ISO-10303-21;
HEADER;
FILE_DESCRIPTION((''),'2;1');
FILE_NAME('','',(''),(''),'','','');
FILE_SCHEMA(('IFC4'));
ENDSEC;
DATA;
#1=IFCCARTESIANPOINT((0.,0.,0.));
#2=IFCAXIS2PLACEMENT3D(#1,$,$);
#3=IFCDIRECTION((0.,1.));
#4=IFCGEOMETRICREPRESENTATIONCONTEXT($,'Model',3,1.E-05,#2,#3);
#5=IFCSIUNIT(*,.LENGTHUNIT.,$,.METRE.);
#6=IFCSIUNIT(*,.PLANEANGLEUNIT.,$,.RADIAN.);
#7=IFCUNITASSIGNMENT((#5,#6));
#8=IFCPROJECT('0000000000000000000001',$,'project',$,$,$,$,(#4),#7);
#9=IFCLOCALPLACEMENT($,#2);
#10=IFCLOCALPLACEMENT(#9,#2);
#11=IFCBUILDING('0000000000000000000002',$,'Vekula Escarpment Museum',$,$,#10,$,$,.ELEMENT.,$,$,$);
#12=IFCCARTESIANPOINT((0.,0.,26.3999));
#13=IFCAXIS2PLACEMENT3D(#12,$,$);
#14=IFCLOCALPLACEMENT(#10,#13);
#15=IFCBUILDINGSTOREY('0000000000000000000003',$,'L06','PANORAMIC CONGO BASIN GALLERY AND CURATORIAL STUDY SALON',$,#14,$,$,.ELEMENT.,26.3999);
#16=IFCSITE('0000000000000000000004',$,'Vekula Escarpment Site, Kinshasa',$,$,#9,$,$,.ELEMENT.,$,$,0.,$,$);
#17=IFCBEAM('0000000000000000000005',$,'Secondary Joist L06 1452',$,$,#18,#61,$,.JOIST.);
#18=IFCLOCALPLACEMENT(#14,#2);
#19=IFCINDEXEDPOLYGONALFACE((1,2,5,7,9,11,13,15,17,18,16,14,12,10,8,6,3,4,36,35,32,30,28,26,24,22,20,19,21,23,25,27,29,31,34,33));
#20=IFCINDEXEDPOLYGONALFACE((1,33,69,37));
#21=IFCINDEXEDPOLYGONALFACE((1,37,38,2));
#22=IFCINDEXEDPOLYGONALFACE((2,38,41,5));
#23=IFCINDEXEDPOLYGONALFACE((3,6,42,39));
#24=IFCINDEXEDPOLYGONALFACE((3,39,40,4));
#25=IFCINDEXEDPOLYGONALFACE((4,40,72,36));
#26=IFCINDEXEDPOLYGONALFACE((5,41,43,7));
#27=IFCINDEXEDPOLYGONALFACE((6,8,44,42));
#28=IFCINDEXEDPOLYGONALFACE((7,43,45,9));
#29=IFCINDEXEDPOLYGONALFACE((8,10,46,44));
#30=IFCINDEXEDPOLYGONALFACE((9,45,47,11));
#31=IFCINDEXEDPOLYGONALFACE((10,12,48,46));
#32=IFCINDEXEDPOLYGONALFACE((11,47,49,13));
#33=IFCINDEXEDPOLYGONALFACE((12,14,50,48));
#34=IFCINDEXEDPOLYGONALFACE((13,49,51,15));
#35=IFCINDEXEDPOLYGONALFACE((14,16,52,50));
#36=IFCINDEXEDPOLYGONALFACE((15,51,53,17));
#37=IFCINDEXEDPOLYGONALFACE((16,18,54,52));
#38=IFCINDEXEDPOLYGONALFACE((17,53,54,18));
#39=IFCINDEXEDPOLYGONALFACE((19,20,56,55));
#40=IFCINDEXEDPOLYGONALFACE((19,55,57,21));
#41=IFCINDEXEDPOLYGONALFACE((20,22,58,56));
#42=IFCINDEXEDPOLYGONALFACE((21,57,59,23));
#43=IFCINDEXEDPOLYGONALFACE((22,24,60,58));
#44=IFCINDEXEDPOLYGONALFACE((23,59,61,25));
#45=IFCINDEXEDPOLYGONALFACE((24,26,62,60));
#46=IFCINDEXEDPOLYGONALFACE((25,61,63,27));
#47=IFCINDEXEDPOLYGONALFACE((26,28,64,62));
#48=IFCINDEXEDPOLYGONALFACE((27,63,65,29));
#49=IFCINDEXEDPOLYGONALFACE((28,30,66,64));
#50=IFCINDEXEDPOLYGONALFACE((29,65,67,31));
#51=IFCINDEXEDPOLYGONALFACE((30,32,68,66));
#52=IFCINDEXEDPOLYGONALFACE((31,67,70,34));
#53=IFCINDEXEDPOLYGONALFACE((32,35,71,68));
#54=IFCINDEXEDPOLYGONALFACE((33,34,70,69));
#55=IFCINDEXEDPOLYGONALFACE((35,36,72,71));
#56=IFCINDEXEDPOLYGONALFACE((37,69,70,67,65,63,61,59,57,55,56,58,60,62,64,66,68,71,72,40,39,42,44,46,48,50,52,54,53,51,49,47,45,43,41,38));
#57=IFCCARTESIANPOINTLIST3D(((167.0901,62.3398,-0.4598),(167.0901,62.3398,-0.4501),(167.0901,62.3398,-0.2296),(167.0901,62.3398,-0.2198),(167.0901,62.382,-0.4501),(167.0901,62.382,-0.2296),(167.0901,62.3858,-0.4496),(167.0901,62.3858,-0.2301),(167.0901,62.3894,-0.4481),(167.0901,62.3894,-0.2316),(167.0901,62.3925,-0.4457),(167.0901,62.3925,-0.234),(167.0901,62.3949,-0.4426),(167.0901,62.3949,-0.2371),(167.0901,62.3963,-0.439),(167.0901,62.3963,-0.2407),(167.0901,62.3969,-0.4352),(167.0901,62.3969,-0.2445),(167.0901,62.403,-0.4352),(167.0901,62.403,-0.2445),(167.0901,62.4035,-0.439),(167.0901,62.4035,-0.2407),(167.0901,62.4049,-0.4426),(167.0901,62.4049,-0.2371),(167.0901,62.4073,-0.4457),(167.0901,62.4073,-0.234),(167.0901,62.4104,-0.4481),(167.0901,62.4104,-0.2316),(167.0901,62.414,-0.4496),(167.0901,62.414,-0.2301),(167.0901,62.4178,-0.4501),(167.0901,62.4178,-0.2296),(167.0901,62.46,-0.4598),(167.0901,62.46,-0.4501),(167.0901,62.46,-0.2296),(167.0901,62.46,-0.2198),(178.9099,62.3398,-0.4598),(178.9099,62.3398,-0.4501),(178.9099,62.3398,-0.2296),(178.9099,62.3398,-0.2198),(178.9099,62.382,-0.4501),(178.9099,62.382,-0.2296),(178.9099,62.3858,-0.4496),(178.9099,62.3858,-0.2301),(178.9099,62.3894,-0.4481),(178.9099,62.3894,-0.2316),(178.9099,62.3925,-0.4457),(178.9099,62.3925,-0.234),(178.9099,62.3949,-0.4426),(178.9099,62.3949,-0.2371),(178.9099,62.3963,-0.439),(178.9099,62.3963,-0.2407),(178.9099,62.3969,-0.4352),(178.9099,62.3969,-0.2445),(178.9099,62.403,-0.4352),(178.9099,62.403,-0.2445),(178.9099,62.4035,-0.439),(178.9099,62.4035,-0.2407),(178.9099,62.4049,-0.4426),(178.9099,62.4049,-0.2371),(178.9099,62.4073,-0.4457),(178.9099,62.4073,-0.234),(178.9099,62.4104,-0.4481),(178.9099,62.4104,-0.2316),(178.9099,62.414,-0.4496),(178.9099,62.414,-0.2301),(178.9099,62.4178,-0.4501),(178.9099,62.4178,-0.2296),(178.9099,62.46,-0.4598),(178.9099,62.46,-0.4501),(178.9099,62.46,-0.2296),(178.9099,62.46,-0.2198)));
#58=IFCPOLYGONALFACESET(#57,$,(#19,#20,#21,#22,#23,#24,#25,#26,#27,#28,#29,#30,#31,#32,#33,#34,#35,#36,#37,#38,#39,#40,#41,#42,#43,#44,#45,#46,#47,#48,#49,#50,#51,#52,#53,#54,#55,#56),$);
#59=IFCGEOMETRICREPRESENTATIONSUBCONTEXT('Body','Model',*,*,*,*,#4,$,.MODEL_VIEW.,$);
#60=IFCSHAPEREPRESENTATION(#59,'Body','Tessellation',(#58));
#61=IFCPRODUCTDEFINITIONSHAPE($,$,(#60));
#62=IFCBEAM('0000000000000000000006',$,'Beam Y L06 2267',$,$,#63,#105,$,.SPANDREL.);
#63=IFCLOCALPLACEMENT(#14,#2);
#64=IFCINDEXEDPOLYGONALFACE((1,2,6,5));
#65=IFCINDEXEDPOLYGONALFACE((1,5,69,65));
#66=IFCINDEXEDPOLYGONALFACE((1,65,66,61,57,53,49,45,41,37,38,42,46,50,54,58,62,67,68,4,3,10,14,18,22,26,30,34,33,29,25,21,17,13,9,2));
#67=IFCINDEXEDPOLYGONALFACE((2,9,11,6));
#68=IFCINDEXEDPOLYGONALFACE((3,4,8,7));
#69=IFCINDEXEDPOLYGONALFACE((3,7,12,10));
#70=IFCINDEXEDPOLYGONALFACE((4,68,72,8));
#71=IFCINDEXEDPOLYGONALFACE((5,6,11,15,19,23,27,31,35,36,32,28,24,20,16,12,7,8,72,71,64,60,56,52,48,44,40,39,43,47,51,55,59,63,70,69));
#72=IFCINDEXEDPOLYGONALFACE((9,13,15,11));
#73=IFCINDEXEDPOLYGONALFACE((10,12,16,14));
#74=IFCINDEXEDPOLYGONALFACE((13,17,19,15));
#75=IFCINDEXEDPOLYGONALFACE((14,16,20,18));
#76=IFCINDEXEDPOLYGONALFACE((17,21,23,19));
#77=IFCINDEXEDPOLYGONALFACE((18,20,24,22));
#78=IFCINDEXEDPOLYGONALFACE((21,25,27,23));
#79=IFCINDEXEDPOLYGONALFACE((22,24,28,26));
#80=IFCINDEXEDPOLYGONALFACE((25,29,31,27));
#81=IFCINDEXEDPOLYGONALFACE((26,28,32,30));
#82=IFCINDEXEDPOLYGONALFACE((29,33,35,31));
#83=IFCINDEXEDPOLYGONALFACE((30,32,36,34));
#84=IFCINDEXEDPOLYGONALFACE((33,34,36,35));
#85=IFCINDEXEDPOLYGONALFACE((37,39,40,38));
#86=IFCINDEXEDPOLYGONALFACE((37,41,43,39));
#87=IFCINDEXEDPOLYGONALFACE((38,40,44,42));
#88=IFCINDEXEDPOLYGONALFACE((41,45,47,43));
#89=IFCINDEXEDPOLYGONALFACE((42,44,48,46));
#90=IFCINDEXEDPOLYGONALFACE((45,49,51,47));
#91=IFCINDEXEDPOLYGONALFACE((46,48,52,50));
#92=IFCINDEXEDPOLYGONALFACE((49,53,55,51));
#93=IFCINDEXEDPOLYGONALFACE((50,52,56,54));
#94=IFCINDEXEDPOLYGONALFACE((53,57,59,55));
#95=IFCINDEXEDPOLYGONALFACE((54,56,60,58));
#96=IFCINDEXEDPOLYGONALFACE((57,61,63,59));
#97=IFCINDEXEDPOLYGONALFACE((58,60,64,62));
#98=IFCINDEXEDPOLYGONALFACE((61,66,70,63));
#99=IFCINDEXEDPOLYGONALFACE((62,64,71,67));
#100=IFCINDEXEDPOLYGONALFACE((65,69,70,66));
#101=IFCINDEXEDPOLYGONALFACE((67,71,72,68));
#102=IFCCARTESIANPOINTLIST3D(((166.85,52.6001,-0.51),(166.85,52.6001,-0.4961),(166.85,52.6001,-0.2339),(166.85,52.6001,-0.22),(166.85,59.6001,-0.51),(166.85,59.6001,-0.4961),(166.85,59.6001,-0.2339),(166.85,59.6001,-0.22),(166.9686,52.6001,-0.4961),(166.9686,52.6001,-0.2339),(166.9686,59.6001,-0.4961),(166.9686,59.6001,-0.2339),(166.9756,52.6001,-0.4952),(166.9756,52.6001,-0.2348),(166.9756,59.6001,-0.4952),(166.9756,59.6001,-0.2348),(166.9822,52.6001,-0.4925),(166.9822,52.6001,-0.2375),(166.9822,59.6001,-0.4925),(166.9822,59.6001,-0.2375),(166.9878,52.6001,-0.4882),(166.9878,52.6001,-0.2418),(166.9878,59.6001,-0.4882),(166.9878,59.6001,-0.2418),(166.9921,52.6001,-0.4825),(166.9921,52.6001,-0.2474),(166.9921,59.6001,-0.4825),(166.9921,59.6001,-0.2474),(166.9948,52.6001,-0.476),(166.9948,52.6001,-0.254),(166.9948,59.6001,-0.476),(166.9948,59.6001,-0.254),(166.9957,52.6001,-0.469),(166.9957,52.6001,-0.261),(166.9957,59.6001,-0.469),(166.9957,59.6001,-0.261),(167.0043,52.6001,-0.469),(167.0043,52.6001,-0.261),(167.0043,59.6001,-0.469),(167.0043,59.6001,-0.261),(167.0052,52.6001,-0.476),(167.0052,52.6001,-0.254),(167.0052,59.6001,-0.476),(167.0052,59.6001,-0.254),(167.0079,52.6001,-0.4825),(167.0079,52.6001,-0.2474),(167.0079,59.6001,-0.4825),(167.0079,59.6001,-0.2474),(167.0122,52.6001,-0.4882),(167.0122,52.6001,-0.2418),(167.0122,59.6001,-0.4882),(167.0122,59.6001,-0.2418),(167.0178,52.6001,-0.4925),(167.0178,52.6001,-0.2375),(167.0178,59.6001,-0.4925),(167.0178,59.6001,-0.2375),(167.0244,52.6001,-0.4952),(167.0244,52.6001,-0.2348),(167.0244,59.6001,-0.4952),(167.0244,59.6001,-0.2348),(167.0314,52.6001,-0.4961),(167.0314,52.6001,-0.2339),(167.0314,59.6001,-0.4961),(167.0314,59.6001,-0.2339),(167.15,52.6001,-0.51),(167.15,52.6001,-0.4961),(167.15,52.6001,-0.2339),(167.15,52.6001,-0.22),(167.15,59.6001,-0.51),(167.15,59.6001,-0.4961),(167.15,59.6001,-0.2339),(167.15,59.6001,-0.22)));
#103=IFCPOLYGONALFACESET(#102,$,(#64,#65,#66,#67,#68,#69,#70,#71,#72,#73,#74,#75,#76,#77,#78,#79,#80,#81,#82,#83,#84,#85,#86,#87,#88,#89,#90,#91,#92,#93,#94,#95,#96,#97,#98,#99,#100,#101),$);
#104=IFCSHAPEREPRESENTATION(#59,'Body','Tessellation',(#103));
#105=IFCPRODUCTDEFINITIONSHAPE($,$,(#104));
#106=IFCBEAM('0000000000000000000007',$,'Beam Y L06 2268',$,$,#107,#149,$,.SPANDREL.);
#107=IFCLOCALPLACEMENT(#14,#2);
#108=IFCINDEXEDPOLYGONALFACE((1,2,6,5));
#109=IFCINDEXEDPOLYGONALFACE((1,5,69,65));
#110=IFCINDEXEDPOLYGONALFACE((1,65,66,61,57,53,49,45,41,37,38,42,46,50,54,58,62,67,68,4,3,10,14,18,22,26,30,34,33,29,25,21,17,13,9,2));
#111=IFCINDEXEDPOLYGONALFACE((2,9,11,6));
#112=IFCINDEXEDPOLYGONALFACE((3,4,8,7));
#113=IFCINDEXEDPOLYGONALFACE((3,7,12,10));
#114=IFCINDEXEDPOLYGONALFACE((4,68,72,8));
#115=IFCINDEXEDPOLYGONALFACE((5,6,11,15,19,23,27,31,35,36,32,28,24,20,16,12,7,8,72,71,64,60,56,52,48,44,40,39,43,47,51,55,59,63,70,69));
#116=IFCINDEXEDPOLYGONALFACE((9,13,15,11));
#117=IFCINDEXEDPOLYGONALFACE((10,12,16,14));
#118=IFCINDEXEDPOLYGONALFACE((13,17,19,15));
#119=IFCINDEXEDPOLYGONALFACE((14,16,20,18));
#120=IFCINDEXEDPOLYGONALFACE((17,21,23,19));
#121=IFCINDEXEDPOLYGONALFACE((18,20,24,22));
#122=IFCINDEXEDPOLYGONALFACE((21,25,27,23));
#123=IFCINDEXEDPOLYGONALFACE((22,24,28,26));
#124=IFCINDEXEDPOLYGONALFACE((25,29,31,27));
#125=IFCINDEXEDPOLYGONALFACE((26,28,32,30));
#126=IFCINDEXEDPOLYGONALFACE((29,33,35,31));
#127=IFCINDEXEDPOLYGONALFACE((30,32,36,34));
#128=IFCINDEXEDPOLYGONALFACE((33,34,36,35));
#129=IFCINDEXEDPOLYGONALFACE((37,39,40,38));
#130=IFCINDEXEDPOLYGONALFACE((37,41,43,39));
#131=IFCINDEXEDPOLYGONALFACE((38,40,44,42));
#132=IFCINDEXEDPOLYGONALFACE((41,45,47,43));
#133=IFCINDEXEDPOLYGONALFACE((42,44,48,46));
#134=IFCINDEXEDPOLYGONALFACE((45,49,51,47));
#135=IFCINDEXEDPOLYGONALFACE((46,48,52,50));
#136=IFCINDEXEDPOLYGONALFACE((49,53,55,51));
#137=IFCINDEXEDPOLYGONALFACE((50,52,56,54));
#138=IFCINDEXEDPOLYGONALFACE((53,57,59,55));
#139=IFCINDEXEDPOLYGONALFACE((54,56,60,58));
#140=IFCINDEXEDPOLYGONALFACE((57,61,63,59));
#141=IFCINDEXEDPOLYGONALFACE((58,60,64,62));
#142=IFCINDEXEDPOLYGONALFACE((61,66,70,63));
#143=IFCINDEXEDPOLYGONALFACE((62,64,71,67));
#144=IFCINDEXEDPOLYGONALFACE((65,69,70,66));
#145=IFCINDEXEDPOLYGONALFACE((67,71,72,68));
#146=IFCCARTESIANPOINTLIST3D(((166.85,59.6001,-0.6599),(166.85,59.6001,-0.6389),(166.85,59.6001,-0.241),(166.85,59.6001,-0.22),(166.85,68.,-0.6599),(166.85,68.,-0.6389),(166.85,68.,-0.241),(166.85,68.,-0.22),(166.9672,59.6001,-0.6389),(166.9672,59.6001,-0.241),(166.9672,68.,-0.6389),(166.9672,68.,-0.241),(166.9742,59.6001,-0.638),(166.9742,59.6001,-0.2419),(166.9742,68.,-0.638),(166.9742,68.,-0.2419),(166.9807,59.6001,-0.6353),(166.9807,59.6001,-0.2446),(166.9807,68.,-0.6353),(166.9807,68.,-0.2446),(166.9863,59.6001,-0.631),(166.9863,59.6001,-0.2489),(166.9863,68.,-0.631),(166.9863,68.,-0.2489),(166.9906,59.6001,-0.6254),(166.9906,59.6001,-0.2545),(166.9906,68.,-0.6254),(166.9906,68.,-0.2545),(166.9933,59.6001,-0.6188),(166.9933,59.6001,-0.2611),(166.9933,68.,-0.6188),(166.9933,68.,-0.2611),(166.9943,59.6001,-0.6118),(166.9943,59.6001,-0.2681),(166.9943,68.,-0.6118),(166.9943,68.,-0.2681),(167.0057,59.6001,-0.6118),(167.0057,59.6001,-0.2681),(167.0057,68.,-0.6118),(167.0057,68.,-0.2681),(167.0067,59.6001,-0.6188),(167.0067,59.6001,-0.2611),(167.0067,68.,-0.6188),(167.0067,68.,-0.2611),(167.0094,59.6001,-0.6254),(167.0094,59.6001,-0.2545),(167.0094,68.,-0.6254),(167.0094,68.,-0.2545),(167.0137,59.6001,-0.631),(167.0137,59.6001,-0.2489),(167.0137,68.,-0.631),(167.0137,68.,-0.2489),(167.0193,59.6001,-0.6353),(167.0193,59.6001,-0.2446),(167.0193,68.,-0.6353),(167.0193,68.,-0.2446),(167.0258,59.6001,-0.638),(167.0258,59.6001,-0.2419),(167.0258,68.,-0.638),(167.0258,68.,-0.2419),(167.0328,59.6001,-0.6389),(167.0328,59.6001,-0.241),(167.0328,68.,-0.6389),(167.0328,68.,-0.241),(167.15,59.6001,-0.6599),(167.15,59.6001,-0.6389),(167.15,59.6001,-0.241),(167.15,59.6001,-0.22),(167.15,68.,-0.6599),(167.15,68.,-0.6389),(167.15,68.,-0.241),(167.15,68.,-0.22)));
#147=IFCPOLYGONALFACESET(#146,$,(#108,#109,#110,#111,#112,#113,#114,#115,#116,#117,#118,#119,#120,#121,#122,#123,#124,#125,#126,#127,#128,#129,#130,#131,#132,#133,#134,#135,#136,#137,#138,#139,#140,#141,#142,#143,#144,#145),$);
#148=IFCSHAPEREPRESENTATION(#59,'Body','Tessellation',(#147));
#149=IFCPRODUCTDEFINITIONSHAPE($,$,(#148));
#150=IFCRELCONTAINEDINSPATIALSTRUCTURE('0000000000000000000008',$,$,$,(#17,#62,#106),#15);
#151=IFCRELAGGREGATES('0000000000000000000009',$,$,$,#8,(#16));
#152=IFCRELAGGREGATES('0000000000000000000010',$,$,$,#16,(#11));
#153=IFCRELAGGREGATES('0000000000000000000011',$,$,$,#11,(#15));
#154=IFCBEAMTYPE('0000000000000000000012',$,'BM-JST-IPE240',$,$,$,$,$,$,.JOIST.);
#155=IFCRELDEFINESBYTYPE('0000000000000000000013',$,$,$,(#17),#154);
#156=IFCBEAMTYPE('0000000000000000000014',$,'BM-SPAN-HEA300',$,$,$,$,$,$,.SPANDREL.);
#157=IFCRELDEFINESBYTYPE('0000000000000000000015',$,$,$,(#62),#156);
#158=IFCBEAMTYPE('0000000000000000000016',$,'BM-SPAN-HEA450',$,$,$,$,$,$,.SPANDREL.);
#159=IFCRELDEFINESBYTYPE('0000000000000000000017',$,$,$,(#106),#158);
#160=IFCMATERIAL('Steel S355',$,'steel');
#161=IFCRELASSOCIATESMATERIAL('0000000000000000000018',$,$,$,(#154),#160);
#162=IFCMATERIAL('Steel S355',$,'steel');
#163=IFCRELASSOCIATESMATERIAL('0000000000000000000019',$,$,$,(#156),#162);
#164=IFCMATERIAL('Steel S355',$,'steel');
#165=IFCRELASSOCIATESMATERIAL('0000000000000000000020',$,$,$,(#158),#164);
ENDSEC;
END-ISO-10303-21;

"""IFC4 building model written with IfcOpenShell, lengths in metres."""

from ifc_helpers import new_model, si_unit, direction, frame, origin, origin_2d, place, context, subcontext, project, spatial, i_section, extrude, material, material_profile, profile_set, type_object, element, save


model = new_model("IFC4")

# Units and contexts
model_context = context("Model", 3, precision=1e-05, world=origin(), true_north=direction((0.0, 1.0)))
body_context = subcontext(model_context, "Body", "Model", "MODEL_VIEW")
ifc_project = project(units=[si_unit("LENGTHUNIT", "METRE"), si_unit("PLANEANGLEUNIT", "RADIAN")], contexts=[model_context])

# Site, building, storey
site_placement = place(None, origin())
site = spatial("IfcSite", under=ifc_project, at=site_placement, Name="Vekula Escarpment Site, Kinshasa", CompositionType="ELEMENT", RefElevation=0.0)
building_placement = place(site_placement, origin())
building = spatial("IfcBuilding", under=site, at=building_placement, Name="Vekula Escarpment Museum", CompositionType="ELEMENT")
storey_placement = place(building_placement, frame((0.0, 0.0, 26.3999)))
storey = spatial("IfcBuildingStorey", under=building, at=storey_placement, Name="L06", Description="PANORAMIC CONGO BASIN GALLERY AND CURATORIAL STUDY SALON", CompositionType="ELEMENT", Elevation=26.3999)

# Beams
ifc_material_1 = material(Name="Steel S355", Category="steel")
ifc_material_profile_1 = material_profile(ifc_material_1, i_section(OverallWidth=0.1201, OverallDepth=0.24, WebThickness=0.0061, FlangeThickness=0.0098, FilletRadius=0.0149, at=origin_2d()), Name="IPE 240")
ifc_profile_set_1 = profile_set([ifc_material_profile_1], Name="Steel S355")
beam_type_1 = type_object("IfcBeamType", Name="BM-JST-IPE240", PredefinedType="JOIST", material=ifc_profile_set_1)
beam_1_placement = place(storey_placement, frame((167.0901, 62.3999, -0.3398), z_axis=(1.0, 0.0, 0.0), x_axis=(0.0, 1.0, 0.0)))
element("IfcBeam", 1, at=beam_1_placement, inside=storey, type_object=beam_type_1, Name="Secondary Joist L06 1452", PredefinedType="JOIST", context=body_context, shape_type="SweptSolid", body=[
    extrude(i_section(OverallWidth=0.1201, OverallDepth=0.24, WebThickness=0.0061, FlangeThickness=0.0098, FilletRadius=0.0149, at=origin_2d()), origin(), (0.0, 0.0, 1.0), 11.8198),
])
ifc_material_2 = material(Name="Steel S355", Category="steel")
ifc_material_profile_2 = material_profile(ifc_material_2, i_section(OverallWidth=0.3, OverallDepth=0.29, WebThickness=0.0085, FlangeThickness=0.0139, FilletRadius=0.0271, at=origin_2d()), Name="HEA 300")
ifc_profile_set_2 = profile_set([ifc_material_profile_2], Name="Steel S355")
beam_type_2 = type_object("IfcBeamType", Name="BM-SPAN-HEA300", PredefinedType="SPANDREL", material=ifc_profile_set_2)
beam_2_placement = place(storey_placement, frame((167.0, 52.6001, -0.365), z_axis=(0.0, 1.0, 0.0), x_axis=(-1.0, 0.0, 0.0)))
element("IfcBeam", 2, at=beam_2_placement, inside=storey, type_object=beam_type_2, Name="Beam Y L06 2267", PredefinedType="SPANDREL", context=body_context, shape_type="SweptSolid", body=[
    extrude(i_section(OverallWidth=0.3, OverallDepth=0.29, WebThickness=0.0085, FlangeThickness=0.0139, FilletRadius=0.0271, at=origin_2d()), origin(), (0.0, 0.0, 1.0), 7.0),
])
ifc_material_3 = material(Name="Steel S355", Category="steel")
ifc_material_profile_3 = material_profile(ifc_material_3, i_section(OverallWidth=0.3, OverallDepth=0.4399, WebThickness=0.0115, FlangeThickness=0.021, FilletRadius=0.0271, at=origin_2d()), Name="HEA 450")
ifc_profile_set_3 = profile_set([ifc_material_profile_3], Name="Steel S355")
beam_type_3 = type_object("IfcBeamType", Name="BM-SPAN-HEA450", PredefinedType="SPANDREL", material=ifc_profile_set_3)
beam_3_placement = place(storey_placement, frame((167.0, 59.6001, -0.4399), z_axis=(0.0, 1.0, 0.0), x_axis=(-1.0, 0.0, 0.0)))
element("IfcBeam", 3, at=beam_3_placement, inside=storey, type_object=beam_type_3, Name="Beam Y L06 2268", PredefinedType="SPANDREL", context=body_context, shape_type="SweptSolid", body=[
    extrude(i_section(OverallWidth=0.3, OverallDepth=0.4399, WebThickness=0.0115, FlangeThickness=0.021, FilletRadius=0.0271, at=origin_2d()), origin(), (0.0, 0.0, 1.0), 8.3999),
])

save(model, "model.ifc")
